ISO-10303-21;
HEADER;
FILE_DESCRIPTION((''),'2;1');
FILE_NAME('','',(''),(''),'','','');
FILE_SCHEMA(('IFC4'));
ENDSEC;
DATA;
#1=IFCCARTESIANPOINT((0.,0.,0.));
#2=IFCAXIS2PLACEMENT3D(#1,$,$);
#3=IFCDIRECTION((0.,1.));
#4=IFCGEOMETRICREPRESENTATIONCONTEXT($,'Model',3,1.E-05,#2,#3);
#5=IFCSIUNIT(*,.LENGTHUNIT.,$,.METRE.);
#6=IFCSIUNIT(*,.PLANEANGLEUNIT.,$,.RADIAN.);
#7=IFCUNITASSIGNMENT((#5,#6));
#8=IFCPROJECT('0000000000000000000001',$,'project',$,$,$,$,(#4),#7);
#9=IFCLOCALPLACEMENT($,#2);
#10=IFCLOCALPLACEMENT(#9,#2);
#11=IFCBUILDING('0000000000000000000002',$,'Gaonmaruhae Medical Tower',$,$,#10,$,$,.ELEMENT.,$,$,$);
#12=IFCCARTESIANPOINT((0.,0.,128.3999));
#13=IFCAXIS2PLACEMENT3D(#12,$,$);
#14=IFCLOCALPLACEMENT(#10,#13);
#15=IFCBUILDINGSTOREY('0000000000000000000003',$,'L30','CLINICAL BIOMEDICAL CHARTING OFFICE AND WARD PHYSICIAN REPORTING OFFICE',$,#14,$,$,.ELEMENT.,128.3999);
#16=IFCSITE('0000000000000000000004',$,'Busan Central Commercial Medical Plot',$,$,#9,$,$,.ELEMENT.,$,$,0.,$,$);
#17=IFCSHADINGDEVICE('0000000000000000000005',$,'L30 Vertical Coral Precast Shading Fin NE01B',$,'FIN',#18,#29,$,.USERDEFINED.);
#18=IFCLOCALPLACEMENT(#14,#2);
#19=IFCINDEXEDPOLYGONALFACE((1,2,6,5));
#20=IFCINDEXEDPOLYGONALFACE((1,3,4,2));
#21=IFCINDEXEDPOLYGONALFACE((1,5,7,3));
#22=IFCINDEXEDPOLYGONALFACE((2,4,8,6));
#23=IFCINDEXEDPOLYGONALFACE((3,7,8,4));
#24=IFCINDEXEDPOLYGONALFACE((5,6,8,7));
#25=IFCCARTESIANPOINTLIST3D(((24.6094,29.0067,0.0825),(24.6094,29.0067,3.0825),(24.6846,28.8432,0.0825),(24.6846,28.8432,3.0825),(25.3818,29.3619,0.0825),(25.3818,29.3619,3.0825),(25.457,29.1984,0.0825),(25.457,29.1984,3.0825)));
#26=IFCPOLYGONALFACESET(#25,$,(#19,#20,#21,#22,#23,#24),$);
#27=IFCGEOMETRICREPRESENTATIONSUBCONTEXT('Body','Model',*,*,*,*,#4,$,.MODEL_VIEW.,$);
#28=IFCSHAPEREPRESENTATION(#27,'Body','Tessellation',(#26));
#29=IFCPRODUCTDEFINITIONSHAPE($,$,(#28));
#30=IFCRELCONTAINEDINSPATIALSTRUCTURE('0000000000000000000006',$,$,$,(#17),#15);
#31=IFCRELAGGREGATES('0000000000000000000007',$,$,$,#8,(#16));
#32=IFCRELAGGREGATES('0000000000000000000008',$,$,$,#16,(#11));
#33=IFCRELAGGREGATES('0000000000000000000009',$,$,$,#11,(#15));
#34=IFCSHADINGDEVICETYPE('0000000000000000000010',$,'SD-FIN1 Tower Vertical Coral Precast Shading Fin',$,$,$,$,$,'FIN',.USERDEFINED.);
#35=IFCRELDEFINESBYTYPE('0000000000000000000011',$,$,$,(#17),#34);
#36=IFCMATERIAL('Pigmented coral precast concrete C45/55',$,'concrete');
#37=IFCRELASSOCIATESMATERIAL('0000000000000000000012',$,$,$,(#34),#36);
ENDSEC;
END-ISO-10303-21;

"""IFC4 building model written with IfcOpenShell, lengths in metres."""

from ifc_helpers import new_model, si_unit, direction, frame, origin, origin_2d, place, context, subcontext, project, spatial, rectangle, extrude, material, type_object, element, save


model = new_model("IFC4")

# Units and contexts
model_context = context("Model", 3, precision=1e-05, world=origin(), true_north=direction((0.0, 1.0)))
body_context = subcontext(model_context, "Body", "Model", "MODEL_VIEW")
ifc_project = project(units=[si_unit("LENGTHUNIT", "METRE"), si_unit("PLANEANGLEUNIT", "RADIAN")], contexts=[model_context])

# Site, building, storey
site_placement = place(None, origin())
site = spatial("IfcSite", under=ifc_project, at=site_placement, Name="Busan Central Commercial Medical Plot", CompositionType="ELEMENT", RefElevation=0.0)
building_placement = place(site_placement, origin())
building = spatial("IfcBuilding", under=site, at=building_placement, Name="Gaonmaruhae Medical Tower", CompositionType="ELEMENT")
storey_placement = place(building_placement, frame((0.0, 0.0, 128.3999)))
storey = spatial("IfcBuildingStorey", under=building, at=storey_placement, Name="L30", Description="CLINICAL BIOMEDICAL CHARTING OFFICE AND WARD PHYSICIAN REPORTING OFFICE", CompositionType="ELEMENT", Elevation=128.3999)

# Shading device
ifc_material_1 = material(Name="Pigmented coral precast concrete C45/55", Category="concrete")
shading_device_type = type_object("IfcShadingDeviceType", Name="SD-FIN1 Tower Vertical Coral Precast Shading Fin", ElementType="FIN", PredefinedType="USERDEFINED", material=ifc_material_1)
for number, where, z_axis, x_axis, name in (
    (1, (25.0332, 29.1025, 0.0825), (0.0, 0.0, 1.0), (0.417867, -0.908508, 0.0), "L30 Vertical Coral Precast Shading Fin NE01B"),
):
    element("IfcShadingDevice", number, at=place(storey_placement, frame(where, z_axis=z_axis, x_axis=x_axis)), inside=storey, type_object=shading_device_type, Name=name, ObjectType="FIN", PredefinedType="USERDEFINED", context=body_context, shape_type="SweptSolid", body=[
        extrude(rectangle(XDim=0.1799, YDim=0.8501, at=origin_2d()), origin(), (0.0, 0.0, 1.0), 3.0),
    ])

save(model, "model.ifc")
